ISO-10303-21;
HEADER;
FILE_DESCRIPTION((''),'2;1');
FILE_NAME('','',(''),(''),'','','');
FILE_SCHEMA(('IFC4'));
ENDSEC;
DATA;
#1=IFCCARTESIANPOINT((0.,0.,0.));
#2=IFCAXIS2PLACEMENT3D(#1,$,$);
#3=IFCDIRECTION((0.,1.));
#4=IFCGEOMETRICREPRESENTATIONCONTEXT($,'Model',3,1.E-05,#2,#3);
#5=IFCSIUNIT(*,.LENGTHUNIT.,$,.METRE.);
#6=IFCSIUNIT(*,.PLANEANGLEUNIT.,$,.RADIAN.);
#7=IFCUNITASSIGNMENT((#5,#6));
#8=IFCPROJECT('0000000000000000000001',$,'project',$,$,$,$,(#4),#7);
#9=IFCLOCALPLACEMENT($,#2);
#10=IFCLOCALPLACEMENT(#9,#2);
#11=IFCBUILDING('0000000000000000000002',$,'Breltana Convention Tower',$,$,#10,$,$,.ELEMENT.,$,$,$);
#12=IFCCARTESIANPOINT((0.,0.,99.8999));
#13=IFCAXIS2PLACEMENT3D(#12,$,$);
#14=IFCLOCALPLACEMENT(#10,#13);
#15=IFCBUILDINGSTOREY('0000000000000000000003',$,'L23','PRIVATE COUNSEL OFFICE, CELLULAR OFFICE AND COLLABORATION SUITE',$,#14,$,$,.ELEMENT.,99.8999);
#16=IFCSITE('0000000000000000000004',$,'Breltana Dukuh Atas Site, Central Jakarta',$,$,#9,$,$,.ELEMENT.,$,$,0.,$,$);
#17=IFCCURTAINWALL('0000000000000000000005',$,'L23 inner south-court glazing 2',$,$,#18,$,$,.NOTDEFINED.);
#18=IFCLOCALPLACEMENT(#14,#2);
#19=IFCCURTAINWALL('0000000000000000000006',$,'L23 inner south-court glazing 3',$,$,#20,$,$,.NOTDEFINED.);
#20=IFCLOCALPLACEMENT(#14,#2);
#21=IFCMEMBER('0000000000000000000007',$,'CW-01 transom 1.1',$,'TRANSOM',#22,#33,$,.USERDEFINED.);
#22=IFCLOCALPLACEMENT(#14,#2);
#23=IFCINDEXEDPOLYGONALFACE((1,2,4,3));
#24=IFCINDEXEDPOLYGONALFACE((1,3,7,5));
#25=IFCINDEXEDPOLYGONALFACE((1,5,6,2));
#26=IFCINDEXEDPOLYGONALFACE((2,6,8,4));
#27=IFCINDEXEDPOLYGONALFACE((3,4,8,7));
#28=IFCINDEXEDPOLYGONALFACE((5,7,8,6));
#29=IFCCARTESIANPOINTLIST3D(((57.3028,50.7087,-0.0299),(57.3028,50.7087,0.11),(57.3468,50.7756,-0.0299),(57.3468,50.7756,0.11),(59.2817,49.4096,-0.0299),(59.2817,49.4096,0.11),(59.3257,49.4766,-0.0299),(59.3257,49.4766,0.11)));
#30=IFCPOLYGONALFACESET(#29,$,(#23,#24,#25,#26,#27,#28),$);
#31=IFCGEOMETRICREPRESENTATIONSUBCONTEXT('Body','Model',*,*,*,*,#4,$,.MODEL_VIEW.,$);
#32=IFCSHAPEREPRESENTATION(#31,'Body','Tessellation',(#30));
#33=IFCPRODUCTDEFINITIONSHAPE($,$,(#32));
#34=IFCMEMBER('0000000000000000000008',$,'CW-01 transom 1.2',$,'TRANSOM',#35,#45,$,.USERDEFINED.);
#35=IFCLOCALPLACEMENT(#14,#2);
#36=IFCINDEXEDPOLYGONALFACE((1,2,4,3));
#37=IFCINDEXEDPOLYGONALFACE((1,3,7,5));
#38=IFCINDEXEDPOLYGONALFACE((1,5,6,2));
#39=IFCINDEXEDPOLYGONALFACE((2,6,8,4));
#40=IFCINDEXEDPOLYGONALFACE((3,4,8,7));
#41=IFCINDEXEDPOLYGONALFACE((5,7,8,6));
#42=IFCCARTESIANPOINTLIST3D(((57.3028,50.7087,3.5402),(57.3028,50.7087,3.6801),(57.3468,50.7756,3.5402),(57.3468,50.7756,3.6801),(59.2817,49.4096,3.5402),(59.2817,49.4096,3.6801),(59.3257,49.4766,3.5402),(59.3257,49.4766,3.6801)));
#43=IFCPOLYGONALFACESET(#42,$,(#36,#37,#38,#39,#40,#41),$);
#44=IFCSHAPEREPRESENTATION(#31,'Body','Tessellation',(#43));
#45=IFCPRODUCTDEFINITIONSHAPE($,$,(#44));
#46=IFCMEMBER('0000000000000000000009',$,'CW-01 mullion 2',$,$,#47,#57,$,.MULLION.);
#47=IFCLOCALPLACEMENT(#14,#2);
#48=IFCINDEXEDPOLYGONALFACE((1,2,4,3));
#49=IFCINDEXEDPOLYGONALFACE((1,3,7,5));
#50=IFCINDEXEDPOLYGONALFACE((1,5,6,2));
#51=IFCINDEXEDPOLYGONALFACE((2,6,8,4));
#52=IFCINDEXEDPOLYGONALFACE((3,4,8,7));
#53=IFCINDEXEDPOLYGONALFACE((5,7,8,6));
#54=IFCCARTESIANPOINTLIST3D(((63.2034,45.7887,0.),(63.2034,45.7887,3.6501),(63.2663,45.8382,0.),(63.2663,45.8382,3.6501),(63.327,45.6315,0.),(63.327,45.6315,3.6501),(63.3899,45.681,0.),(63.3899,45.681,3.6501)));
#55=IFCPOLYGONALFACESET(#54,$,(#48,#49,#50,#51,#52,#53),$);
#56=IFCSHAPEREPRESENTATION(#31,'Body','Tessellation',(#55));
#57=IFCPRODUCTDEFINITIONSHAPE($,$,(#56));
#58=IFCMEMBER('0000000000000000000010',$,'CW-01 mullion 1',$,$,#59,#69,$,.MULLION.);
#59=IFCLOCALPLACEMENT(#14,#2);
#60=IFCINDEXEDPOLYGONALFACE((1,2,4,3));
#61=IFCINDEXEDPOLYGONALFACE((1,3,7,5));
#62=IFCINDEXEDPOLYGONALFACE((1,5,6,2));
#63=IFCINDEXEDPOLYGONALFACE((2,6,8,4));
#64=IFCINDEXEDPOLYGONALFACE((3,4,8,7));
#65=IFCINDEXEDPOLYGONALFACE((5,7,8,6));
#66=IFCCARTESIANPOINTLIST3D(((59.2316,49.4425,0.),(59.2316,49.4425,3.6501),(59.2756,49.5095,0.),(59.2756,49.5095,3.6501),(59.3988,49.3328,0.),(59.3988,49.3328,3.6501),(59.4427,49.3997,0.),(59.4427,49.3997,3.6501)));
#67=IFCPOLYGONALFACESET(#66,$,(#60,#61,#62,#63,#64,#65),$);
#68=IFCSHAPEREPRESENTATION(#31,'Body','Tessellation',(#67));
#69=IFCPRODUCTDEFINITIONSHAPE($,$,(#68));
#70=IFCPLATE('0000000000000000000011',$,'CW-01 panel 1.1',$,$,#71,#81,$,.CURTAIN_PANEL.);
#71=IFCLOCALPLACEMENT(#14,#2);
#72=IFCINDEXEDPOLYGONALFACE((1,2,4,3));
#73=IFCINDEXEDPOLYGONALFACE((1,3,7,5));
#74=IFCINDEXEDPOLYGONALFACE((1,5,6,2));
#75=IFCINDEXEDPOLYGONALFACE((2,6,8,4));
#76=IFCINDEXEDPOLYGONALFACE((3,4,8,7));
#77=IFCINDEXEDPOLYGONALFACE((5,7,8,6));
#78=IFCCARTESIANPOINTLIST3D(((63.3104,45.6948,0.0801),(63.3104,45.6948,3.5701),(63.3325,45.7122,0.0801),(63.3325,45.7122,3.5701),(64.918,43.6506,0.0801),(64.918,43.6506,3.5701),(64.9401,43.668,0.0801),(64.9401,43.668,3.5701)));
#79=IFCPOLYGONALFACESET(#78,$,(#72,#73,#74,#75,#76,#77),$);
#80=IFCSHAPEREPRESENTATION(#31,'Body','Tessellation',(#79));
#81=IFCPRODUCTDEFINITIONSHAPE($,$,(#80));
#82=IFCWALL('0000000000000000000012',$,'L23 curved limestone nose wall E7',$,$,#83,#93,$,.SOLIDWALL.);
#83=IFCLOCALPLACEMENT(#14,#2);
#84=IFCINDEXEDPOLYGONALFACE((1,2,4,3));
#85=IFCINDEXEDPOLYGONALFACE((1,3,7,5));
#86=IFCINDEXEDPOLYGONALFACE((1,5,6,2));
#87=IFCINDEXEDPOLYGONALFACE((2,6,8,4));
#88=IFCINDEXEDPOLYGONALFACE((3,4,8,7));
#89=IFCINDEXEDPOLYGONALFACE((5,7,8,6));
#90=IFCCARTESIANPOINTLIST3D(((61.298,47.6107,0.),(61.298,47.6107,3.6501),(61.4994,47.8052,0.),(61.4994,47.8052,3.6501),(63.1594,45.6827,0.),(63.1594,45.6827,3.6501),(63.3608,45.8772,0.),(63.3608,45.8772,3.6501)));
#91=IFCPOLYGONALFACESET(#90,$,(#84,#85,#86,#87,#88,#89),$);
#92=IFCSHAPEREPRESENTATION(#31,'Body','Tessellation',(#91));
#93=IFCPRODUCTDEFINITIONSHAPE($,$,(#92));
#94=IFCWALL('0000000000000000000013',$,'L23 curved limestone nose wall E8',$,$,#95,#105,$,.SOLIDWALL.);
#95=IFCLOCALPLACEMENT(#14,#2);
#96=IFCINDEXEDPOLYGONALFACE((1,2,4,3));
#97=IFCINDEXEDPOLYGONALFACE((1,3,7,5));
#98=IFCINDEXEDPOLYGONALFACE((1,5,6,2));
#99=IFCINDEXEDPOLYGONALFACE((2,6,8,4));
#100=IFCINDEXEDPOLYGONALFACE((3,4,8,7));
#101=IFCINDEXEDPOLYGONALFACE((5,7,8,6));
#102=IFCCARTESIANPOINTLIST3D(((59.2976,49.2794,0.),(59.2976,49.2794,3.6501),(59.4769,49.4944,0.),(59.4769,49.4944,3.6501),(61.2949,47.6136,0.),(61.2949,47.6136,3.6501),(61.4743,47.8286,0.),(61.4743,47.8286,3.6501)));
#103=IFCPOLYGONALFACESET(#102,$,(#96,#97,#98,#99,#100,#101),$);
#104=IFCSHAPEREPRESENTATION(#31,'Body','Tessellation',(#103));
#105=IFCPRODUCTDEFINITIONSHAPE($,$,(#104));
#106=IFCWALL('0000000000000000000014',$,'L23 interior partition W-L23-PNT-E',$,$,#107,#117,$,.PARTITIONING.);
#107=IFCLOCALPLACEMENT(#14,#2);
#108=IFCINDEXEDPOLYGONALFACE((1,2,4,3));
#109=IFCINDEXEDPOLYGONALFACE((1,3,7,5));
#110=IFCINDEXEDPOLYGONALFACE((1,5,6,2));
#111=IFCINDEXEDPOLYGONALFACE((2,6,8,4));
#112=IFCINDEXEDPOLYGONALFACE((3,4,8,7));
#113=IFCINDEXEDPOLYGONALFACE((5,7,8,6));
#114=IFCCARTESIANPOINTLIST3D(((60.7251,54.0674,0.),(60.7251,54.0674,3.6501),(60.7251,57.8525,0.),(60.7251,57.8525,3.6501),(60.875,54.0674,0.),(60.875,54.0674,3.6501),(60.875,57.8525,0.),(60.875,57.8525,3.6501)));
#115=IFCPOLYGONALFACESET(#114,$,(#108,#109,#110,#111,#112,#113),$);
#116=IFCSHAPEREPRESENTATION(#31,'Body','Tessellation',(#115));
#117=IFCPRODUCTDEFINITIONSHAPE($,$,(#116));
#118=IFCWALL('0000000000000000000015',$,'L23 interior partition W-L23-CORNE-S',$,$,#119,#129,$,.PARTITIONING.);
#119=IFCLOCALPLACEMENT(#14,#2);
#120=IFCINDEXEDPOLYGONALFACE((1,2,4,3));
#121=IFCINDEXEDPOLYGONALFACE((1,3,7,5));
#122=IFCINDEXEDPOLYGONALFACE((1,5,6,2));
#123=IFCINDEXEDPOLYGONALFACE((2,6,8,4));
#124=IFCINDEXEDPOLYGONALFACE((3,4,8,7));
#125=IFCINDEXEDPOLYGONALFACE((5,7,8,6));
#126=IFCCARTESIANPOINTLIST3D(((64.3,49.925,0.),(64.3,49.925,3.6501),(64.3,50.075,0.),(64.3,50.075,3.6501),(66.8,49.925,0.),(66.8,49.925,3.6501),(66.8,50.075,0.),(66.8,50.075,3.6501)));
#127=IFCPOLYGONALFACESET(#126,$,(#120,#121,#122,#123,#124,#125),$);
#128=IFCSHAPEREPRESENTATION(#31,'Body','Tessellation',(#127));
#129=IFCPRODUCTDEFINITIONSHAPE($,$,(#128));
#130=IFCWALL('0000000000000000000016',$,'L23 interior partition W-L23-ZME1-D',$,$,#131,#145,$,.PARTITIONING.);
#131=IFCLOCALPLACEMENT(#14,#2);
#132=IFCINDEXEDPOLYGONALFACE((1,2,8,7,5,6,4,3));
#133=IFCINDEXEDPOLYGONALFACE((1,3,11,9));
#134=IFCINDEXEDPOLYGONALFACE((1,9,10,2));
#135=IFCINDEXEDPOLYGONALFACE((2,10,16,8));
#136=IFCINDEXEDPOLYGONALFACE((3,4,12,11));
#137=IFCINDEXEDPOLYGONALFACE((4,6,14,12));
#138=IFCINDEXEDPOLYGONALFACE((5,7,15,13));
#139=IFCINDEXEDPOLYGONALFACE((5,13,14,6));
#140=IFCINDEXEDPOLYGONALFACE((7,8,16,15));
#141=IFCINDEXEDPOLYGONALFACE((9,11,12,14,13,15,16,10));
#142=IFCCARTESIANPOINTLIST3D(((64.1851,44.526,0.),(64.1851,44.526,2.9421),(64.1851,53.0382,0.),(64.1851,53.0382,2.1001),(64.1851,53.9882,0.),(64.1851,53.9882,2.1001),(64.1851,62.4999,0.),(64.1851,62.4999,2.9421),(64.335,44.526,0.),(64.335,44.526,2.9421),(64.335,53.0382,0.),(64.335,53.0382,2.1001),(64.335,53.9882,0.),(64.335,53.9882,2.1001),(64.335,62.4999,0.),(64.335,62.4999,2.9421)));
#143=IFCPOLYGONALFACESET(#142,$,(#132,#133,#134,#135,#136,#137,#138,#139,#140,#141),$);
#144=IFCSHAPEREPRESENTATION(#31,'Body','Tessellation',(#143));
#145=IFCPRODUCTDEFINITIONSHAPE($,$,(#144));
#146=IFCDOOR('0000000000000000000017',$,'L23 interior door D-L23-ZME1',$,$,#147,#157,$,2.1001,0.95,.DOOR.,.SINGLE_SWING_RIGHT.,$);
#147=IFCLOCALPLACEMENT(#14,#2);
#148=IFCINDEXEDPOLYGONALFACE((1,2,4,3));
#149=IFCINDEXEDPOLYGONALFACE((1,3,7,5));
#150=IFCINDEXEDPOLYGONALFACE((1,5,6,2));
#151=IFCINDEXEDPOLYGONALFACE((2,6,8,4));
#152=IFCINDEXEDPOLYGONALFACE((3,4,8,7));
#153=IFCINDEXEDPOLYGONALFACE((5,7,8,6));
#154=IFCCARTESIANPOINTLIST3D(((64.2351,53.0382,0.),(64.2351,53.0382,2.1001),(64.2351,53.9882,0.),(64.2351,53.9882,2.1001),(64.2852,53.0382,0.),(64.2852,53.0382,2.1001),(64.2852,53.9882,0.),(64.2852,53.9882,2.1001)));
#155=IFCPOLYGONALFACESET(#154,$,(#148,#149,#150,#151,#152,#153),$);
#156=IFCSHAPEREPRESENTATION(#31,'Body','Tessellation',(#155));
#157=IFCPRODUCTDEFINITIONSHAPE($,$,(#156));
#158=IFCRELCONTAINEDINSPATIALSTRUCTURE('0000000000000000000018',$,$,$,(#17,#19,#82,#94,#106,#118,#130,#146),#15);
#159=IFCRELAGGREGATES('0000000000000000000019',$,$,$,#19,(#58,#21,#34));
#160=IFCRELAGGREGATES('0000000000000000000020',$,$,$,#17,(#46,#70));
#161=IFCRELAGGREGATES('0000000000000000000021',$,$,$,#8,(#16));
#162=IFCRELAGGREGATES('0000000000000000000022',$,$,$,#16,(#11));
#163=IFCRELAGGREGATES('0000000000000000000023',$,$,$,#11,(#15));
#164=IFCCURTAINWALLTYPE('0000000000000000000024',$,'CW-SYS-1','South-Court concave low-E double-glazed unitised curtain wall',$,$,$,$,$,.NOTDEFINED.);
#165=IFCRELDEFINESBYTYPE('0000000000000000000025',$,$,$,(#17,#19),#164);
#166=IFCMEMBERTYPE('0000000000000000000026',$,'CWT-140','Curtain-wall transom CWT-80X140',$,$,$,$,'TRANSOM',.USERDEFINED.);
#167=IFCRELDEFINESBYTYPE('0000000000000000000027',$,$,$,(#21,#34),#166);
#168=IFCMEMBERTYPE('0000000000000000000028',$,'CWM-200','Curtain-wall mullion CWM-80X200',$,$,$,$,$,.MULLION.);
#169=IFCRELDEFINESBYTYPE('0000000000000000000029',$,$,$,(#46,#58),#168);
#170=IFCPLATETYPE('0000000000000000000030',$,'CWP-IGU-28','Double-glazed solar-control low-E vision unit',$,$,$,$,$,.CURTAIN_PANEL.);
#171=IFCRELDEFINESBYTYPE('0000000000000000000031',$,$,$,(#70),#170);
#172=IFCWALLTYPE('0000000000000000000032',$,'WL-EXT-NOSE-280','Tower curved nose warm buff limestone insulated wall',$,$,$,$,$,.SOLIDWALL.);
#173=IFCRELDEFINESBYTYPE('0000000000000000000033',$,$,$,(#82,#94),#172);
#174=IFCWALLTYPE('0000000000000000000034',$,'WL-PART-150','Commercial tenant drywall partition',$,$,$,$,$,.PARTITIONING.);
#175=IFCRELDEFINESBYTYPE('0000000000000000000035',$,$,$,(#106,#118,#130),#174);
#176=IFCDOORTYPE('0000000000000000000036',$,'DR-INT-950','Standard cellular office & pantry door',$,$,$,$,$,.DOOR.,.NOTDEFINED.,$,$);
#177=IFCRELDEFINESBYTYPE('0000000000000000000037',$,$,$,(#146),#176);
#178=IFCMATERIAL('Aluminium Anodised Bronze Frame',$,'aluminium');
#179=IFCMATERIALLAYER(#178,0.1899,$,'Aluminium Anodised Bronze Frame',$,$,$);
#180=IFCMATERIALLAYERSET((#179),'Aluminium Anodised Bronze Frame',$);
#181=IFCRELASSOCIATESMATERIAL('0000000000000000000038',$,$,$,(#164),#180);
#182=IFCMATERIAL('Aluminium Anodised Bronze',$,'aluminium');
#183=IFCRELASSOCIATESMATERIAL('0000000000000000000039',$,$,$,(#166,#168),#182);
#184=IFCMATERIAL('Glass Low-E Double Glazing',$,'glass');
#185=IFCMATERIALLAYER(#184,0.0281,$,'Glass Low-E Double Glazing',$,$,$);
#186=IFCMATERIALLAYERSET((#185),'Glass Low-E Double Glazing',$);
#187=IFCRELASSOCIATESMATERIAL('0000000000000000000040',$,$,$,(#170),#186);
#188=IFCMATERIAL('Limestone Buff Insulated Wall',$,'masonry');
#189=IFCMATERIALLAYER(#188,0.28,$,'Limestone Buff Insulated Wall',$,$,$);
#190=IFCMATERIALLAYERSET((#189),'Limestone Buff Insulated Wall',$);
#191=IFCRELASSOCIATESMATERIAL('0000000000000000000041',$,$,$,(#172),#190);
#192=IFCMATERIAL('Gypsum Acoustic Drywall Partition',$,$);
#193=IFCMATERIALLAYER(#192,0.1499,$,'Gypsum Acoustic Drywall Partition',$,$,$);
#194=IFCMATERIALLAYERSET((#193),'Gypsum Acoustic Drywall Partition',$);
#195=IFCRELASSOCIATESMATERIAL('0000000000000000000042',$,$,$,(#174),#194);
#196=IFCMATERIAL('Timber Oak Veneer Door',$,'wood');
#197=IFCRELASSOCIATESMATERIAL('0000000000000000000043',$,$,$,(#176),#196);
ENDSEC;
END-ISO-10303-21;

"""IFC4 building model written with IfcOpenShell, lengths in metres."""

from ifc_helpers import new_model, si_unit, direction, frame, frame_2d, origin, origin_2d, place, context, subcontext, project, spatial, rectangle, extrude, source, transform, mapped, material, layer, layer_set, material_profile, profile_set, type_object, type_shapes, element, fill, aggregate, save


model = new_model("IFC4")

# Units and contexts
model_context = context("Model", 3, precision=1e-05, world=origin(), true_north=direction((0.0, 1.0)))
body_context = subcontext(model_context, "Body", "Model", "MODEL_VIEW")
ifc_project = project(units=[si_unit("LENGTHUNIT", "METRE"), si_unit("PLANEANGLEUNIT", "RADIAN")], contexts=[model_context])

# Site, building, storey
site_placement = place(None, origin())
site = spatial("IfcSite", under=ifc_project, at=site_placement, Name="Breltana Dukuh Atas Site, Central Jakarta", CompositionType="ELEMENT", RefElevation=0.0)
building_placement = place(site_placement, origin())
building = spatial("IfcBuilding", under=site, at=building_placement, Name="Breltana Convention Tower", CompositionType="ELEMENT")
storey_placement = place(building_placement, frame((0.0, 0.0, 99.8999)))
storey = spatial("IfcBuildingStorey", under=building, at=storey_placement, Name="L23", Description="PRIVATE COUNSEL OFFICE, CELLULAR OFFICE AND COLLABORATION SUITE", CompositionType="ELEMENT", Elevation=99.8999)

# Curtain wall
ifc_material_1 = material(Name="Aluminium Anodised Bronze Frame", Category="aluminium")
ifc_layer_1 = layer(ifc_material_1, 0.1899, Name="Aluminium Anodised Bronze Frame")
ifc_layer_set_1 = layer_set([ifc_layer_1], Name="Aluminium Anodised Bronze Frame")
curtain_wall_type = type_object("IfcCurtainWallType", Name="CW-SYS-1", Description="South-Court concave low-E double-glazed unitised curtain wall", PredefinedType="NOTDEFINED", material=ifc_layer_set_1)
curtain_wall_1_placement = place(storey_placement, origin())
curtain_wall_1 = element("IfcCurtainWall", 1, at=curtain_wall_1_placement, inside=storey, type_object=curtain_wall_type, Name="L23 inner south-court glazing 2", PredefinedType="NOTDEFINED")
ifc_material_2 = material(Name="Aluminium Anodised Bronze", Category="aluminium")
ifc_material_profile_1 = material_profile(ifc_material_2, rectangle(XDim=0.0801, YDim=0.1399, at=origin_2d()), Name="CWT-80X140")
ifc_profile_set_1 = profile_set([ifc_material_profile_1], Name="Aluminium Anodised Bronze")
member_type_1 = type_object("IfcMemberType", Name="CWT-140", Description="Curtain-wall transom CWT-80X140", ElementType="TRANSOM", PredefinedType="USERDEFINED", material=ifc_profile_set_1)

# Curtain wall, members
curtain_wall_2_placement = place(storey_placement, origin())
curtain_wall_2 = element("IfcCurtainWall", 2, at=curtain_wall_2_placement, inside=storey, type_object=curtain_wall_type, Name="L23 inner south-court glazing 3", PredefinedType="NOTDEFINED")
shared_shape_1 = source(origin(), body_context, "Body", "SweptSolid", [
    extrude(rectangle(XDim=0.0801, YDim=0.1399, at=origin_2d()), origin(), (0.0, 0.0, 1.0), 2.3672),
])
member_1_placement = place(storey_placement, frame((59.3037, 49.4431, 0.04), z_axis=(-0.83598, 0.54876, 0.0), x_axis=(-0.54876, -0.83598, 0.0)))
member_1 = element("IfcMember", 3, at=member_1_placement, type_object=member_type_1, Name="CW-01 transom 1.1", ObjectType="TRANSOM", PredefinedType="USERDEFINED", context=body_context, shape_type="MappedRepresentation", body=[
    mapped(shared_shape_1, transform((0.0, 0.0, 0.0), scale=1.0)),
])
member_2_placement = place(storey_placement, frame((59.3037, 49.4431, 3.6101), z_axis=(-0.83598, 0.54876, 0.0), x_axis=(-0.54876, -0.83598, 0.0)))
member_2 = element("IfcMember", 4, at=member_2_placement, type_object=member_type_1, Name="CW-01 transom 1.2", ObjectType="TRANSOM", PredefinedType="USERDEFINED", context=body_context, shape_type="MappedRepresentation", body=[
    mapped(shared_shape_1, transform((0.0, 0.0, 0.0), scale=1.0)),
])

# Members
ifc_material_profile_2 = material_profile(ifc_material_2, rectangle(XDim=0.0801, YDim=0.2, at=origin_2d()), Name="CWM-80X200")
ifc_profile_set_2 = profile_set([ifc_material_profile_2], Name="Aluminium Anodised Bronze")
member_type_2 = type_object("IfcMemberType", Name="CWM-200", Description="Curtain-wall mullion CWM-80X200", PredefinedType="MULLION", material=ifc_profile_set_2)
shared_shape_2 = source(origin(), body_context, "Body", "SweptSolid", [
    extrude(rectangle(XDim=0.0801, YDim=0.2, at=origin_2d()), origin(), (0.0, 0.0, 1.0), 3.6501),
])
member_3_placement = place(storey_placement, frame((63.2966, 45.7349, 0.0), z_axis=(0.0, 0.0, 1.0), x_axis=(-0.786054, -0.618157, 0.0)))
member_3 = element("IfcMember", 5, at=member_3_placement, type_object=member_type_2, Name="CW-01 mullion 2", PredefinedType="MULLION", context=body_context, shape_type="MappedRepresentation", body=[
    mapped(shared_shape_2, transform((0.0, 0.0, 0.0), scale=1.0)),
])
member_4_placement = place(storey_placement, frame((59.3372, 49.4211, 0.0), z_axis=(0.0, 0.0, 1.0), x_axis=(-0.548778, -0.835968, 0.0)))
member_4 = element("IfcMember", 6, at=member_4_placement, type_object=member_type_2, Name="CW-01 mullion 1", PredefinedType="MULLION", context=body_context, shape_type="MappedRepresentation", body=[
    mapped(shared_shape_2, transform((0.0, 0.0, 0.0), scale=1.0)),
])
aggregate(curtain_wall_2, [member_4, member_1, member_2])

# Plate
ifc_material_3 = material(Name="Glass Low-E Double Glazing", Category="glass")
ifc_layer_2 = layer(ifc_material_3, 0.0281, Name="Glass Low-E Double Glazing")
ifc_layer_set_2 = layer_set([ifc_layer_2], Name="Glass Low-E Double Glazing")
plate_type = type_object("IfcPlateType", Name="CWP-IGU-28", Description="Double-glazed solar-control low-E vision unit", PredefinedType="CURTAIN_PANEL", material=ifc_layer_set_2)
shared_shape_3 = source(origin(), body_context, "Body", "SweptSolid", [
    extrude(rectangle(XDim=2.6006, YDim=0.0281, at=origin_2d()), origin(), (0.0, 0.0, 1.0), 3.49),
])
plate_placement = place(storey_placement, frame((64.1252, 44.6814, 0.0801), z_axis=(0.0, 0.0, 1.0), x_axis=(-0.618157, 0.786054, 0.0)))
plate = element("IfcPlate", 7, at=plate_placement, type_object=plate_type, Name="CW-01 panel 1.1", PredefinedType="CURTAIN_PANEL", context=body_context, shape_type="MappedRepresentation", body=[
    mapped(shared_shape_3, transform((0.0, 0.0, 0.0), scale=1.0)),
])
aggregate(curtain_wall_1, [member_3, plate])

# Walls
ifc_material_4 = material(Name="Limestone Buff Insulated Wall", Category="masonry")
ifc_layer_3 = layer(ifc_material_4, 0.28, Name="Limestone Buff Insulated Wall")
ifc_layer_set_3 = layer_set([ifc_layer_3], Name="Limestone Buff Insulated Wall")
wall_type_1 = type_object("IfcWallType", Name="WL-EXT-NOSE-280", Description="Tower curved nose warm buff limestone insulated wall", PredefinedType="SOLIDWALL", material=ifc_layer_set_3)
shared_shape_4 = source(origin(), body_context, "Body", "SweptSolid", [
    extrude(rectangle(XDim=2.6799, YDim=0.28, at=frame_2d((1.3398, 0.0))), origin(), (0.0, 0.0, 1.0), 3.6501),
])
wall_1_placement = place(storey_placement, frame((63.26, 45.78, 0.0), z_axis=(0.0, 0.0, 1.0), x_axis=(-0.694562, 0.719433, 0.0)))
element("IfcWall", 8, at=wall_1_placement, inside=storey, type_object=wall_type_1, Name="L23 curved limestone nose wall E7", PredefinedType="SOLIDWALL", context=body_context, shape_type="MappedRepresentation", body=[
    mapped(shared_shape_4, transform((0.0, 0.0, 0.0), scale=1.0)),
])
shared_shape_5 = source(origin(), body_context, "Body", "SweptSolid", [
    extrude(rectangle(XDim=2.6008, YDim=0.28, at=frame_2d((1.3003, 0.0))), origin(), (0.0, 0.0, 1.0), 3.6501),
])
wall_2_placement = place(storey_placement, frame((61.3845, 47.7212, 0.0), z_axis=(0.0, 0.0, 1.0), x_axis=(-0.767967, 0.640489, 0.0)))
element("IfcWall", 9, at=wall_2_placement, inside=storey, type_object=wall_type_1, Name="L23 curved limestone nose wall E8", PredefinedType="SOLIDWALL", context=body_context, shape_type="MappedRepresentation", body=[
    mapped(shared_shape_5, transform((0.0, 0.0, 0.0), scale=1.0)),
])
ifc_material_5 = material(Name="Gypsum Acoustic Drywall Partition")
ifc_layer_4 = layer(ifc_material_5, 0.1499, Name="Gypsum Acoustic Drywall Partition")
ifc_layer_set_4 = layer_set([ifc_layer_4], Name="Gypsum Acoustic Drywall Partition")
wall_type_2 = type_object("IfcWallType", Name="WL-PART-150", Description="Commercial tenant drywall partition", PredefinedType="PARTITIONING", material=ifc_layer_set_4)
shared_shape_6 = source(origin(), body_context, "Body", "SweptSolid", [
    extrude(rectangle(XDim=3.7852, YDim=0.1499, at=frame_2d((1.8926, 0.0))), origin(), (0.0, 0.0, 1.0), 3.6501),
])
wall_3_placement = place(storey_placement, frame((60.8, 54.0674, 0.0), z_axis=(0.0, 0.0, 1.0), x_axis=(0.0, 1.0, 0.0)))
element("IfcWall", 10, at=wall_3_placement, inside=storey, type_object=wall_type_2, Name="L23 interior partition W-L23-PNT-E", PredefinedType="PARTITIONING", context=body_context, shape_type="MappedRepresentation", body=[
    mapped(shared_shape_6, transform((0.0, 0.0, 0.0), scale=1.0)),
])
shared_shape_7 = source(origin(), body_context, "Body", "SweptSolid", [
    extrude(rectangle(XDim=2.5, YDim=0.1499, at=frame_2d((1.25, 0.0))), origin(), (0.0, 0.0, 1.0), 3.6501),
])
wall_4_placement = place(storey_placement, frame((64.3, 50.0, 0.0), z_axis=(0.0, 0.0, 1.0), x_axis=(1.0, 0.0, 0.0)))
element("IfcWall", 11, at=wall_4_placement, inside=storey, type_object=wall_type_2, Name="L23 interior partition W-L23-CORNE-S", PredefinedType="PARTITIONING", context=body_context, shape_type="MappedRepresentation", body=[
    mapped(shared_shape_7, transform((0.0, 0.0, 0.0), scale=1.0)),
])

# Wall, opening, door
shared_shape_8 = source(origin(), body_context, "Body", "SweptSolid", [
    extrude(rectangle(XDim=17.9739, YDim=0.1499, at=frame_2d((8.9868, 0.0))), origin(), (0.0, 0.0, 1.0), 2.9421),
])
wall_5_placement = place(storey_placement, frame((64.26, 44.5261, 0.0), z_axis=(0.0, 0.0, 1.0), x_axis=(0.0, 1.0, 0.0)))
wall_5 = element("IfcWall", 12, at=wall_5_placement, inside=storey, type_object=wall_type_2, Name="L23 interior partition W-L23-ZME1-D", PredefinedType="PARTITIONING", context=body_context, shape_type="MappedRepresentation", body=[
    mapped(shared_shape_8, transform((0.0, 0.0, 0.0), scale=1.0)),
])
opening_placement = place(wall_5_placement, frame((8.512, 0.0, 0.0)))
opening = element("IfcOpeningElement", 13, at=opening_placement, cuts=wall_5, PredefinedType="OPENING", context=body_context, shape_type="SweptSolid", body=[
    extrude(rectangle(XDim=0.95, YDim=2.1001, at=frame_2d((0.4751, 1.05))), frame((0.0, 0.085, 0.0), z_axis=(0.0, -1.0, 0.0), x_axis=(1.0, 0.0, 0.0)), (0.0, 0.0, 1.0), 0.1699),
])
ifc_material_6 = material(Name="Timber Oak Veneer Door", Category="wood")
door_type = type_object("IfcDoorType", Name="DR-INT-950", Description="Standard cellular office & pantry door", OperationType="NOTDEFINED", PredefinedType="DOOR", material=ifc_material_6)
shared_shape_9 = source(origin(), body_context, "Body", "SweptSolid", [
    extrude(rectangle(XDim=0.95, YDim=2.1001, at=frame_2d((0.4751, 1.05))), frame((0.0, 0.0249, 0.0), z_axis=(0.0, -1.0, 0.0), x_axis=(1.0, 0.0, 0.0)), (0.0, 0.0, 1.0), 0.05),
])
type_shapes(door_type, [shared_shape_9])
door_placement = place(opening_placement, origin())
door = element("IfcDoor", 14, at=door_placement, inside=storey, type_object=door_type, Name="L23 interior door D-L23-ZME1", OperationType="SINGLE_SWING_RIGHT", OverallHeight=2.1001, OverallWidth=0.95, PredefinedType="DOOR", context=body_context, shape_type="MappedRepresentation", body=[
    mapped(shared_shape_9, transform((0.0, 0.0, 0.0), scale=1.0)),
])
fill(opening, door)

save(model, "model.ifc")
